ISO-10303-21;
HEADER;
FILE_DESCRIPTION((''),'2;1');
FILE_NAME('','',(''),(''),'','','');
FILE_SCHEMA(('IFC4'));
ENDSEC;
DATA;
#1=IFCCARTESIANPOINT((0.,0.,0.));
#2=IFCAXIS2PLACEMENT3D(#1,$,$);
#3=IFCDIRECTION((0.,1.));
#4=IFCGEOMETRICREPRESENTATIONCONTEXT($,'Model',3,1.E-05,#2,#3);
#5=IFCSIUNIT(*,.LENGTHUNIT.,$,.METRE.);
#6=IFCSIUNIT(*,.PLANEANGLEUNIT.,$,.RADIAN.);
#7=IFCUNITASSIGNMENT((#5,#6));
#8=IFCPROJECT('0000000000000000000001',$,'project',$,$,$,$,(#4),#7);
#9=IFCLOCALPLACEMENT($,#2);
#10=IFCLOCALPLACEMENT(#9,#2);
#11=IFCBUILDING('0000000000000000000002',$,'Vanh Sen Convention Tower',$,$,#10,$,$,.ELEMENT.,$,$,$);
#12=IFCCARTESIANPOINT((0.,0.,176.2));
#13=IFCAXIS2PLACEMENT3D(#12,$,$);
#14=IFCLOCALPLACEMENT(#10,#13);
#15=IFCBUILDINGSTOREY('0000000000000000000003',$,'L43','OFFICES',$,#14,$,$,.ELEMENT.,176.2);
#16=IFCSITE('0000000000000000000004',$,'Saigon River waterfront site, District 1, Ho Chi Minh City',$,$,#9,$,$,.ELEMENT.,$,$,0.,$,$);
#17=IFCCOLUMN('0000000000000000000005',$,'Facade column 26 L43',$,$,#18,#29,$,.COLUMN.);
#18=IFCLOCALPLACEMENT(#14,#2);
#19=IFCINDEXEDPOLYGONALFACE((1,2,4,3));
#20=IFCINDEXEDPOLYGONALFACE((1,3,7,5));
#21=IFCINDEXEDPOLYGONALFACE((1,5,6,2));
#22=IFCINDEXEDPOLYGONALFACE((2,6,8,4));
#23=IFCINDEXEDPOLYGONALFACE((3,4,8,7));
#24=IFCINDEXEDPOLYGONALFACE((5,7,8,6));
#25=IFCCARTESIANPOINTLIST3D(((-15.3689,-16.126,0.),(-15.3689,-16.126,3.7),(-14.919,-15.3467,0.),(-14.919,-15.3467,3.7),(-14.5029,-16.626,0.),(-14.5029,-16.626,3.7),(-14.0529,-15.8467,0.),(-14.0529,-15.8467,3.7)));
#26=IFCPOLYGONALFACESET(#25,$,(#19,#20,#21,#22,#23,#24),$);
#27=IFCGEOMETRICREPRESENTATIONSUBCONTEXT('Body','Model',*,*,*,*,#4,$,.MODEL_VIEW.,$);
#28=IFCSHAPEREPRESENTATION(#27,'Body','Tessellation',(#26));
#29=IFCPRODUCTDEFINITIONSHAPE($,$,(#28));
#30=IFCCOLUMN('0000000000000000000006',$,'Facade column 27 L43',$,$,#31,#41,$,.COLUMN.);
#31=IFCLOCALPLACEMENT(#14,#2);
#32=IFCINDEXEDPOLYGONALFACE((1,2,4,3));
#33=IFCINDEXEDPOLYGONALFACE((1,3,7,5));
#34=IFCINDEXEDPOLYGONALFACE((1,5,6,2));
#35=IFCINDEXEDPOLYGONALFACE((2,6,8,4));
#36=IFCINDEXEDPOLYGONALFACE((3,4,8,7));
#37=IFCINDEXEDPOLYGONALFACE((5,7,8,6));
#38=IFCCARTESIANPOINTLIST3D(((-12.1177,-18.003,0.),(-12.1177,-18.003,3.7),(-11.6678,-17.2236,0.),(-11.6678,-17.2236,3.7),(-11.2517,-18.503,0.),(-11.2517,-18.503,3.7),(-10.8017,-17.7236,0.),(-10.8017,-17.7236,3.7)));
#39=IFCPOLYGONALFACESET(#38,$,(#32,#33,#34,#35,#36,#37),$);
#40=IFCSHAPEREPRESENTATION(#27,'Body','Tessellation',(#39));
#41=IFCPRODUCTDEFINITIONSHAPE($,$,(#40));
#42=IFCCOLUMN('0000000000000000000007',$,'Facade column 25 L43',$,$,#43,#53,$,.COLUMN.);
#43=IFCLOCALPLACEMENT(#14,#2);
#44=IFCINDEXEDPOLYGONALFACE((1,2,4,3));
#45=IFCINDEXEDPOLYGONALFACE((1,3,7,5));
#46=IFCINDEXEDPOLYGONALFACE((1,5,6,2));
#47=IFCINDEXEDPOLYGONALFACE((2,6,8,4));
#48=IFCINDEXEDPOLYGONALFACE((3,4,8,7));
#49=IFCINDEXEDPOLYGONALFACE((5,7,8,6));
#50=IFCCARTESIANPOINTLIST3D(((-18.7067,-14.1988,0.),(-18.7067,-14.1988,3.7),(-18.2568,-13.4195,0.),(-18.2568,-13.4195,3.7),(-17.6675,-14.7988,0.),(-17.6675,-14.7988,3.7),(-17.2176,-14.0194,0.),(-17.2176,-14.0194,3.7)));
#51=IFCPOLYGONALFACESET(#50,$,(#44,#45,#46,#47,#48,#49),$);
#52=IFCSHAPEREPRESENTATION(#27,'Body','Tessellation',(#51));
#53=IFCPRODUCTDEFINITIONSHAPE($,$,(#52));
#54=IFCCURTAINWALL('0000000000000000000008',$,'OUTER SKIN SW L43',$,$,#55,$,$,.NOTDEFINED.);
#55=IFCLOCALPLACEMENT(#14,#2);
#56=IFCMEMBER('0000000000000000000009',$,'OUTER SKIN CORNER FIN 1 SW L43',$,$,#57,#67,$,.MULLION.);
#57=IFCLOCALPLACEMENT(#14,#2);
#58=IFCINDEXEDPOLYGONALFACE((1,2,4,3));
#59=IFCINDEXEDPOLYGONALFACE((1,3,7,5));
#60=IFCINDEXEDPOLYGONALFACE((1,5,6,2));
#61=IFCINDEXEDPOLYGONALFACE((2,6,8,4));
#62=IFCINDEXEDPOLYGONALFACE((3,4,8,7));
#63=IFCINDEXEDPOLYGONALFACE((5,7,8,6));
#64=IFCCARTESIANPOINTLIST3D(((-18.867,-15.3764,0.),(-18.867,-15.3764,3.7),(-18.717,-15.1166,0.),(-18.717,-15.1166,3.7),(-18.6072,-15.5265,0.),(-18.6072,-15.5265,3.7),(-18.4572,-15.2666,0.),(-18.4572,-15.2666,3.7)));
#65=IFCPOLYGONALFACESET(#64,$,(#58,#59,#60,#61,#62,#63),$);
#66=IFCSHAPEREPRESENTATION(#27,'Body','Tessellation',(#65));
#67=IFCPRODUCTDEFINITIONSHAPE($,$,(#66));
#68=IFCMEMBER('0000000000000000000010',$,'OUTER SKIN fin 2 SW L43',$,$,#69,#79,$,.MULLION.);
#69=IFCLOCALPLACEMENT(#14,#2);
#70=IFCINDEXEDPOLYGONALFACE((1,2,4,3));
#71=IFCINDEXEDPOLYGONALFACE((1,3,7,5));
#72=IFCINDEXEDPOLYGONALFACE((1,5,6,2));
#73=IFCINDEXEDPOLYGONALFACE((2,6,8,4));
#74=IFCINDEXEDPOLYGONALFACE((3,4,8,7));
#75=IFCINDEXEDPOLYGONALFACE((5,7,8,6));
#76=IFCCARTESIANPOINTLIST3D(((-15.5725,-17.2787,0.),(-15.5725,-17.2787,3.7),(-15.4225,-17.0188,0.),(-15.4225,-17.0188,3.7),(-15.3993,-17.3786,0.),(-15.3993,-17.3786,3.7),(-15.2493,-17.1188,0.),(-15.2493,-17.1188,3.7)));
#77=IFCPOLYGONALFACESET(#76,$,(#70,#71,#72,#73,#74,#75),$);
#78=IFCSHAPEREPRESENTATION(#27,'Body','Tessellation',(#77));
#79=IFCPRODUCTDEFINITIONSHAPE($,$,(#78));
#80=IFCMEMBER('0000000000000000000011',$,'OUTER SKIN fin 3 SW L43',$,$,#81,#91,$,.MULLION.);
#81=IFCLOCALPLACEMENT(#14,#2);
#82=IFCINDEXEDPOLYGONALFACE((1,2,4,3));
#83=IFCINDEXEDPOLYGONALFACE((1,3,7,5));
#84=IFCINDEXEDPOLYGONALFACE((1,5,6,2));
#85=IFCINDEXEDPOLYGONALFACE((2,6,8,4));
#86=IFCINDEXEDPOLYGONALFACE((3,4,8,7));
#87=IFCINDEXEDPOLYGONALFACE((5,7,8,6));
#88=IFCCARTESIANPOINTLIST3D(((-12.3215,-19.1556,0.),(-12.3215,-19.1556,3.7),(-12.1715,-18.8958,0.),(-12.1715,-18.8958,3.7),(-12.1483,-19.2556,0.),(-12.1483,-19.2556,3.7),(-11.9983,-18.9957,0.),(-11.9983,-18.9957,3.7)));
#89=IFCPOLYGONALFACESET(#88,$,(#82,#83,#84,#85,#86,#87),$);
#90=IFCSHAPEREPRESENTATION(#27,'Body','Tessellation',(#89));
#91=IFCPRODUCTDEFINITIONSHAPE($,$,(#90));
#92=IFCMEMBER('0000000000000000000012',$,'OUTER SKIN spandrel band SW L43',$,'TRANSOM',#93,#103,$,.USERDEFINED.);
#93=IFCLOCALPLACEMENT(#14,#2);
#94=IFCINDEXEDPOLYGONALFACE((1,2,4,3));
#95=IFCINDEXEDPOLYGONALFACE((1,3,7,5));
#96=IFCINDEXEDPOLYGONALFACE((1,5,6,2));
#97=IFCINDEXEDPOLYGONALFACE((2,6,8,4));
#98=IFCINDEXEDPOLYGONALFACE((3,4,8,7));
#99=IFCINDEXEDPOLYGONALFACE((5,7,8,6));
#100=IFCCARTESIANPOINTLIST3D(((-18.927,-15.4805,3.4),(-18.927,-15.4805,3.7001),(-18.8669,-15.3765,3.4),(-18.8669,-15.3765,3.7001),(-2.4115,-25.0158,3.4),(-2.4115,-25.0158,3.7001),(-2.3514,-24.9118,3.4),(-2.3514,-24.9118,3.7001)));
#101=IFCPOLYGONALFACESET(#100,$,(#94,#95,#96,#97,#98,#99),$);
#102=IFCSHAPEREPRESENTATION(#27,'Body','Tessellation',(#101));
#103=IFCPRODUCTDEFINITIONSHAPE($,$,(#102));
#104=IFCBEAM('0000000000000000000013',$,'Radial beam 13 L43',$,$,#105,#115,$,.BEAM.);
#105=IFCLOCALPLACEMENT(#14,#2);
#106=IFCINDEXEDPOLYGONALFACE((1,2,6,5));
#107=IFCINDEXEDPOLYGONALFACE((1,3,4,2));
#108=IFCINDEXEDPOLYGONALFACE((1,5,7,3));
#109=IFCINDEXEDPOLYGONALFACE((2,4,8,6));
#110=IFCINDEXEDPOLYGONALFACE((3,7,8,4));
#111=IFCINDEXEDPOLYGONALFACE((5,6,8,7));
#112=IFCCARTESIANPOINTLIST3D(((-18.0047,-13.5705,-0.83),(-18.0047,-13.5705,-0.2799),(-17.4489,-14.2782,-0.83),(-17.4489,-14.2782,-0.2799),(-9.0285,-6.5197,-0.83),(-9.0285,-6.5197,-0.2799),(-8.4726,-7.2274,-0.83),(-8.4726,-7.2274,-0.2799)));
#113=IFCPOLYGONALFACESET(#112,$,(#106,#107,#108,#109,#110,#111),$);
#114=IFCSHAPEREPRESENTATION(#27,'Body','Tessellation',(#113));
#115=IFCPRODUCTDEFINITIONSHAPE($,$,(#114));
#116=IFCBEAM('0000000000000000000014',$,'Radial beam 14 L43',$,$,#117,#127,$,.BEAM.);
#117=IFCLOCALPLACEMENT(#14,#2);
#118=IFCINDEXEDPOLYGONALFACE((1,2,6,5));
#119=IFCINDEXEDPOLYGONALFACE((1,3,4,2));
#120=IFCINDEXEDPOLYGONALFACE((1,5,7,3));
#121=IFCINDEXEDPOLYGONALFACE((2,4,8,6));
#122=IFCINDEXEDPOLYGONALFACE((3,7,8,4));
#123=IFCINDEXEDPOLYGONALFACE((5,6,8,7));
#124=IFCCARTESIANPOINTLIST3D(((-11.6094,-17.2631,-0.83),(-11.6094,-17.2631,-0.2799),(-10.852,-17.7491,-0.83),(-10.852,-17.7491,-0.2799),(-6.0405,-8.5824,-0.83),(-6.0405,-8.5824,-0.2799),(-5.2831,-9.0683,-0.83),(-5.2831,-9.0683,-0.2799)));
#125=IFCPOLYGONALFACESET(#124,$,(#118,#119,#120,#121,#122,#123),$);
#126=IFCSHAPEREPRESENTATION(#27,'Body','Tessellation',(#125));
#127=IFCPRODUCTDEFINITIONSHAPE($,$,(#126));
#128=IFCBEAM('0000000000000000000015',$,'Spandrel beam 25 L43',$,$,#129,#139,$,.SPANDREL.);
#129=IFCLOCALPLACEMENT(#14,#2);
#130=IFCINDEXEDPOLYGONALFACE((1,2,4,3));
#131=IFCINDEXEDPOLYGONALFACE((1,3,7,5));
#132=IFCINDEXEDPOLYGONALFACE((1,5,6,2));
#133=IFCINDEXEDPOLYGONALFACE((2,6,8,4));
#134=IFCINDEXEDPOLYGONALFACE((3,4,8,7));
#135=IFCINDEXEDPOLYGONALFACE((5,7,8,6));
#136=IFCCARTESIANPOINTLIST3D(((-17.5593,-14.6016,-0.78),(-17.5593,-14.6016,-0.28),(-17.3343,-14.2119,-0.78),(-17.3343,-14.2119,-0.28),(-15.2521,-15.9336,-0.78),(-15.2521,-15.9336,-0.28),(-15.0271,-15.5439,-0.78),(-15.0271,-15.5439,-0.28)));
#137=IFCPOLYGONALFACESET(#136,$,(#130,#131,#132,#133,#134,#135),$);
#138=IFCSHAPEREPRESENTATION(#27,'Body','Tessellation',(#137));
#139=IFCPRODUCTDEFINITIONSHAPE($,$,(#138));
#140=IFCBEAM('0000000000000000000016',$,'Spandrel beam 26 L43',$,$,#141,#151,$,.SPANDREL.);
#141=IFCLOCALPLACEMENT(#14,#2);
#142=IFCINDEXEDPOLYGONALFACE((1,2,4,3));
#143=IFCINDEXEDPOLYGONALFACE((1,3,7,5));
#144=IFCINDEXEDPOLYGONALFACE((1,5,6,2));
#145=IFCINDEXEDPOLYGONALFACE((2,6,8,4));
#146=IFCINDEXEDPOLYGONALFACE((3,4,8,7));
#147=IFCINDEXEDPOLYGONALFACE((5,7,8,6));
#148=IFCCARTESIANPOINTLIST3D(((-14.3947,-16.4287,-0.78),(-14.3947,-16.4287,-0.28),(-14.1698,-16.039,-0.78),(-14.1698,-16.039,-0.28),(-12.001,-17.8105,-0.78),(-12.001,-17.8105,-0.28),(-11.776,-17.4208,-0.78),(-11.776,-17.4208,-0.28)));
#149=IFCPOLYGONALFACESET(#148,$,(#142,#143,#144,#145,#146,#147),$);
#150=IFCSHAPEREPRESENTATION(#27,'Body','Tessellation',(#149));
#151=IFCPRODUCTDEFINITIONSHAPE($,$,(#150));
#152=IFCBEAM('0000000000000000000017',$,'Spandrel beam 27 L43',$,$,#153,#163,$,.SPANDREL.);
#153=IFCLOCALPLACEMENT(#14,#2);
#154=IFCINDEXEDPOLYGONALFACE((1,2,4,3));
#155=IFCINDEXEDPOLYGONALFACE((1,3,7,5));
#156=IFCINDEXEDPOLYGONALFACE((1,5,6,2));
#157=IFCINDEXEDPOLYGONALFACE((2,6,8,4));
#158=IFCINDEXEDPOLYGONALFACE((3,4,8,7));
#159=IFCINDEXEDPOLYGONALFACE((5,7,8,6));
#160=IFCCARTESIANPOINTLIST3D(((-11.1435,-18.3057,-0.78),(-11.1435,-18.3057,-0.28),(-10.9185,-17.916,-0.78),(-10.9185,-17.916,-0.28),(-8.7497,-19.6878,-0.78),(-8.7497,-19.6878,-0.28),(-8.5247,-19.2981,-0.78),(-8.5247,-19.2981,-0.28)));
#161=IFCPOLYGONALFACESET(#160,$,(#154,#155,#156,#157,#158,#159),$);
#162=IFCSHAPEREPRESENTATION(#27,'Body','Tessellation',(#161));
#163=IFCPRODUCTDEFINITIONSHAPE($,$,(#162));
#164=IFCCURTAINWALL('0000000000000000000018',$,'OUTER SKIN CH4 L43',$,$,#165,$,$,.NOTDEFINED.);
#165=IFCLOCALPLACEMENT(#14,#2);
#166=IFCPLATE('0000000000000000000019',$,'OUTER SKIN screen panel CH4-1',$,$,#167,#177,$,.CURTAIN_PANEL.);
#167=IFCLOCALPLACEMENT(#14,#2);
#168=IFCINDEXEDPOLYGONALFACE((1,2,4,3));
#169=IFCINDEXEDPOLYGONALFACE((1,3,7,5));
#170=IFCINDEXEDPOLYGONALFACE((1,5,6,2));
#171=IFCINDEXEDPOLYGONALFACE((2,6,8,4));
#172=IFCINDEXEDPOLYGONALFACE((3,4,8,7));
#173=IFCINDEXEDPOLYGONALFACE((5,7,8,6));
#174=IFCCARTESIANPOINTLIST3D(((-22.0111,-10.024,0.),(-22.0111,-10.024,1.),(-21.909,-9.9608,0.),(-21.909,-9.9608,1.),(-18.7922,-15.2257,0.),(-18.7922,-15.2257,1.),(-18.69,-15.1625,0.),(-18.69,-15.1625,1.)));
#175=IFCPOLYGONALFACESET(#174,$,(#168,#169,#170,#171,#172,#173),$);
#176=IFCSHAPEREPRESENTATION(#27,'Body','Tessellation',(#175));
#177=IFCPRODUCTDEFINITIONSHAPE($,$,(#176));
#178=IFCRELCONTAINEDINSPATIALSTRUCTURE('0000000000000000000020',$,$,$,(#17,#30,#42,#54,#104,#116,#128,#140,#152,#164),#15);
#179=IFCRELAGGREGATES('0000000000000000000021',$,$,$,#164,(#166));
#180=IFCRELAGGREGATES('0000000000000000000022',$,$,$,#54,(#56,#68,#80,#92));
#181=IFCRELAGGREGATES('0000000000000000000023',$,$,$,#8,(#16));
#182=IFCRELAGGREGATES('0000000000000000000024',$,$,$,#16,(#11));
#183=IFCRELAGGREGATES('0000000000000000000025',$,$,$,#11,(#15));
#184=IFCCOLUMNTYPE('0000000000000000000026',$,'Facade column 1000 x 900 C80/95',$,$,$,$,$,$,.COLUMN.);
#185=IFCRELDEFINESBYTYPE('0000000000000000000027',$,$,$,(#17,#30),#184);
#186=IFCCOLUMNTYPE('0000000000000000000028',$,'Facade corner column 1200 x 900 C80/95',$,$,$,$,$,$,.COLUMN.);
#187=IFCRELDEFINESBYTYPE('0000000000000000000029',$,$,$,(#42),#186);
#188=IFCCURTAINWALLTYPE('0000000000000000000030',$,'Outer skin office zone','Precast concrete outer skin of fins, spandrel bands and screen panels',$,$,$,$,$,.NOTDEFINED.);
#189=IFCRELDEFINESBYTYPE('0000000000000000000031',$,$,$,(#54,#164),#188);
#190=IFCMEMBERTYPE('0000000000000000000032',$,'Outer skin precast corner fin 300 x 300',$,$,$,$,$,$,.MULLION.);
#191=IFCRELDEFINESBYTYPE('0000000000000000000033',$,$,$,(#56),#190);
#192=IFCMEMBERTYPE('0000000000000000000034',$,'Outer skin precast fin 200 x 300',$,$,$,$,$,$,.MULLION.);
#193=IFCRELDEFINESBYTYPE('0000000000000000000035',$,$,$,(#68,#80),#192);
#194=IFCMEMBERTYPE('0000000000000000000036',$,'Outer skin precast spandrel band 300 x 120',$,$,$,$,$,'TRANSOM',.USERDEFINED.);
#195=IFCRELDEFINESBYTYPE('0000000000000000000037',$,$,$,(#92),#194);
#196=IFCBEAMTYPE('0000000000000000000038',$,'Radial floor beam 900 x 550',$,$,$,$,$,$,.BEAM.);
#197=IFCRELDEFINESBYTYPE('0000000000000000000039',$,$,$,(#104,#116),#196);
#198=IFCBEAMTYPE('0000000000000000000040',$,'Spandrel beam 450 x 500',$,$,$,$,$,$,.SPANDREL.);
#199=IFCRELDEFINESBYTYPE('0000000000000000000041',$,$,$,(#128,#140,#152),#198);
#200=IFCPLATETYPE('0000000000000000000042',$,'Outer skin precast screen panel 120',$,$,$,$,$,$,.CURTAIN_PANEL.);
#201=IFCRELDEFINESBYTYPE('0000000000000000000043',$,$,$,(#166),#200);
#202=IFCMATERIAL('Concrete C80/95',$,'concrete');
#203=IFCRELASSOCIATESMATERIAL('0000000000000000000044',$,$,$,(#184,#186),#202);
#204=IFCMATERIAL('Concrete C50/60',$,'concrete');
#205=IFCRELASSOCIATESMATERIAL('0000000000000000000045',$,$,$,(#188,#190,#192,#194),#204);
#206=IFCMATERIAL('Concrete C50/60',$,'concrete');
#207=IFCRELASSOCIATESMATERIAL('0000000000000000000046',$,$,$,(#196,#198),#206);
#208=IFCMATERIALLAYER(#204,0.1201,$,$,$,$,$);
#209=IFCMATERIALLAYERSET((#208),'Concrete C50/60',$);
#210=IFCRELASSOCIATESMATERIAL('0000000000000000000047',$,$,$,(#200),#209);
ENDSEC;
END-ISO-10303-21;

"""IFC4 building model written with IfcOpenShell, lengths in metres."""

from ifc_helpers import new_model, si_unit, direction, frame, origin, origin_2d, place, context, subcontext, project, spatial, rectangle, extrude, material, layer, layer_set, material_profile, profile_set, type_object, element, aggregate, save


model = new_model("IFC4")

# Units and contexts
model_context = context("Model", 3, precision=1e-05, world=origin(), true_north=direction((0.0, 1.0)))
body_context = subcontext(model_context, "Body", "Model", "MODEL_VIEW")
ifc_project = project(units=[si_unit("LENGTHUNIT", "METRE"), si_unit("PLANEANGLEUNIT", "RADIAN")], contexts=[model_context])

# Site, building, storey
site_placement = place(None, origin())
site = spatial("IfcSite", under=ifc_project, at=site_placement, Name="Saigon River waterfront site, District 1, Ho Chi Minh City", CompositionType="ELEMENT", RefElevation=0.0)
building_placement = place(site_placement, origin())
building = spatial("IfcBuilding", under=site, at=building_placement, Name="Vanh Sen Convention Tower", CompositionType="ELEMENT")
storey_placement = place(building_placement, frame((0.0, 0.0, 176.2)))
storey = spatial("IfcBuildingStorey", under=building, at=storey_placement, Name="L43", Description="OFFICES", CompositionType="ELEMENT", Elevation=176.2)

# Columns
ifc_material_1 = material(Name="Concrete C80/95", Category="concrete")
ifc_material_profile_1 = material_profile(ifc_material_1, rectangle(XDim=1.0, YDim=0.8999, at=origin_2d()), Name="RC 1000X900")
ifc_profile_set_1 = profile_set([ifc_material_profile_1], Name="Concrete C80/95")
column_type_1 = type_object("IfcColumnType", Name="Facade column 1000 x 900 C80/95", PredefinedType="COLUMN", material=ifc_profile_set_1)
for number, where, z_axis, x_axis, name in (
    (1, (-14.7109, -15.9863, 0.0), (0.0, 0.0, 1.0), (0.866025, -0.5, 0.0), "Facade column 26 L43"),
    (2, (-11.4597, -17.8633, 0.0), (0.0, 0.0, 1.0), (0.866025, -0.5, 0.0), "Facade column 27 L43"),
):
    element("IfcColumn", number, at=place(storey_placement, frame(where, z_axis=z_axis, x_axis=x_axis)), inside=storey, type_object=column_type_1, Name=name, PredefinedType="COLUMN", context=body_context, shape_type="SweptSolid", body=[
        extrude(rectangle(XDim=1.0, YDim=0.8999, at=origin_2d()), origin(), (0.0, 0.0, 1.0), 3.7),
    ])
ifc_material_profile_2 = material_profile(ifc_material_1, rectangle(XDim=1.2, YDim=0.8999, at=origin_2d()), Name="RC 1200X900")
ifc_profile_set_2 = profile_set([ifc_material_profile_2], Name="Concrete C80/95")
column_type_2 = type_object("IfcColumnType", Name="Facade corner column 1200 x 900 C80/95", PredefinedType="COLUMN", material=ifc_profile_set_2)
column_placement = place(storey_placement, frame((-17.9622, -14.1091, 0.0), z_axis=(0.0, 0.0, 1.0), x_axis=(0.866025, -0.5, 0.0)))
element("IfcColumn", 3, at=column_placement, inside=storey, type_object=column_type_2, Name="Facade column 25 L43", PredefinedType="COLUMN", context=body_context, shape_type="SweptSolid", body=[
    extrude(rectangle(XDim=1.2, YDim=0.8999, at=origin_2d()), origin(), (0.0, 0.0, 1.0), 3.7),
])

# Curtain wall, members
ifc_material_2 = material(Name="Concrete C50/60", Category="concrete")
curtain_wall_type = type_object("IfcCurtainWallType", Name="Outer skin office zone", Description="Precast concrete outer skin of fins, spandrel bands and screen panels", PredefinedType="NOTDEFINED", material=ifc_material_2)
curtain_wall_1_placement = place(storey_placement, origin())
curtain_wall_1 = element("IfcCurtainWall", 4, at=curtain_wall_1_placement, inside=storey, type_object=curtain_wall_type, Name="OUTER SKIN SW L43", PredefinedType="NOTDEFINED")
ifc_material_profile_3 = material_profile(ifc_material_2, rectangle(XDim=0.3, YDim=0.3, at=origin_2d()), Name="Outer skin precast corner fin 300 x 300")
ifc_profile_set_3 = profile_set([ifc_material_profile_3], Name="Concrete C50/60")
member_type_1 = type_object("IfcMemberType", Name="Outer skin precast corner fin 300 x 300", PredefinedType="MULLION", material=ifc_profile_set_3)
member_1_placement = place(storey_placement, frame((-18.6621, -15.3215, 0.0), z_axis=(0.0, 0.0, 1.0), x_axis=(0.866025, -0.5, 0.0)))
member_1 = element("IfcMember", 5, at=member_1_placement, type_object=member_type_1, Name="OUTER SKIN CORNER FIN 1 SW L43", PredefinedType="MULLION", context=body_context, shape_type="SweptSolid", body=[
    extrude(rectangle(XDim=0.3, YDim=0.3, at=origin_2d()), origin(), (0.0, 0.0, 1.0), 3.7),
])
ifc_material_profile_4 = material_profile(ifc_material_2, rectangle(XDim=0.2, YDim=0.3, at=origin_2d()), Name="Outer skin precast fin 200 x 300")
ifc_profile_set_4 = profile_set([ifc_material_profile_4], Name="Concrete C50/60")
member_type_2 = type_object("IfcMemberType", Name="Outer skin precast fin 200 x 300", PredefinedType="MULLION", material=ifc_profile_set_4)
member_2_placement = place(storey_placement, frame((-15.4109, -17.1987, 0.0), z_axis=(0.0, 0.0, 1.0), x_axis=(0.866025, -0.5, 0.0)))
member_2 = element("IfcMember", 6, at=member_2_placement, type_object=member_type_2, Name="OUTER SKIN fin 2 SW L43", PredefinedType="MULLION", context=body_context, shape_type="SweptSolid", body=[
    extrude(rectangle(XDim=0.2, YDim=0.3, at=origin_2d()), origin(), (0.0, 0.0, 1.0), 3.7),
])
member_3_placement = place(storey_placement, frame((-12.1599, -19.0757, 0.0), z_axis=(0.0, 0.0, 1.0), x_axis=(0.866025, -0.5, 0.0)))
member_3 = element("IfcMember", 7, at=member_3_placement, type_object=member_type_2, Name="OUTER SKIN fin 3 SW L43", PredefinedType="MULLION", context=body_context, shape_type="SweptSolid", body=[
    extrude(rectangle(XDim=0.2, YDim=0.3, at=origin_2d()), origin(), (0.0, 0.0, 1.0), 3.7),
])
ifc_material_profile_5 = material_profile(ifc_material_2, rectangle(XDim=0.1201, YDim=0.3, at=origin_2d()), Name="Outer skin precast spandrel band 300 x 120")
ifc_profile_set_5 = profile_set([ifc_material_profile_5], Name="Concrete C50/60")
member_type_3 = type_object("IfcMemberType", Name="Outer skin precast spandrel band 300 x 120", ElementType="TRANSOM", PredefinedType="USERDEFINED", material=ifc_profile_set_5)
member_4_placement = place(storey_placement, frame((-18.897, -15.4285, 3.55), z_axis=(0.866023, -0.500004, 0.0), x_axis=(0.500004, 0.866023, 0.0)))
member_4 = element("IfcMember", 8, at=member_4_placement, type_object=member_type_3, Name="OUTER SKIN spandrel band SW L43", ObjectType="TRANSOM", PredefinedType="USERDEFINED", context=body_context, shape_type="SweptSolid", body=[
    extrude(rectangle(XDim=0.1201, YDim=0.3, at=origin_2d()), origin(), (0.0, 0.0, 1.0), 19.0706),
])

# Beams
ifc_material_3 = material(Name="Concrete C50/60", Category="concrete")
ifc_material_profile_6 = material_profile(ifc_material_3, rectangle(XDim=0.8999, YDim=0.55, at=origin_2d()), Name="RC 900X550")
ifc_profile_set_6 = profile_set([ifc_material_profile_6], Name="Concrete C50/60")
beam_type_1 = type_object("IfcBeamType", Name="Radial floor beam 900 x 550", PredefinedType="BEAM", material=ifc_profile_set_6)
beam_1_placement = place(storey_placement, frame((-17.7268, -13.9243, -0.5549), z_axis=(0.786405, 0.617711, 0.0), x_axis=(-0.617711, 0.786405, 0.0)))
element("IfcBeam", 9, at=beam_1_placement, inside=storey, type_object=beam_type_1, Name="Radial beam 13 L43", PredefinedType="BEAM", context=body_context, shape_type="SweptSolid", body=[
    extrude(rectangle(XDim=0.8999, YDim=0.55, at=origin_2d()), origin(), (0.0, 0.0, 1.0), 11.4143),
])
beam_2_placement = place(storey_placement, frame((-11.2307, -17.5061, -0.5549), z_axis=(0.539963, 0.841689, 0.0), x_axis=(-0.841689, 0.539963, 0.0)))
element("IfcBeam", 10, at=beam_2_placement, inside=storey, type_object=beam_type_1, Name="Radial beam 14 L43", PredefinedType="BEAM", context=body_context, shape_type="SweptSolid", body=[
    extrude(rectangle(XDim=0.8999, YDim=0.55, at=origin_2d()), origin(), (0.0, 0.0, 1.0), 10.3135),
])
ifc_material_profile_7 = material_profile(ifc_material_3, rectangle(XDim=0.45, YDim=0.5, at=origin_2d()), Name="RC 450X500")
ifc_profile_set_7 = profile_set([ifc_material_profile_7], Name="Concrete C50/60")
beam_type_2 = type_object("IfcBeamType", Name="Spandrel beam 450 x 500", PredefinedType="SPANDREL", material=ifc_profile_set_7)
beam_3_placement = place(storey_placement, frame((-17.4468, -14.4067, -0.53), z_axis=(0.866024, -0.500003, 0.0), x_axis=(0.500003, 0.866024, 0.0)))
element("IfcBeam", 11, at=beam_3_placement, inside=storey, type_object=beam_type_2, Name="Spandrel beam 25 L43", PredefinedType="SPANDREL", context=body_context, shape_type="SweptSolid", body=[
    extrude(rectangle(XDim=0.45, YDim=0.5, at=origin_2d()), origin(), (0.0, 0.0, 1.0), 2.6641),
])
beam_4_placement = place(storey_placement, frame((-14.2822, -16.2339, -0.53), z_axis=(0.866061, -0.499939, 0.0), x_axis=(0.499939, 0.866061, 0.0)))
element("IfcBeam", 12, at=beam_4_placement, inside=storey, type_object=beam_type_2, Name="Spandrel beam 26 L43", PredefinedType="SPANDREL", context=body_context, shape_type="SweptSolid", body=[
    extrude(rectangle(XDim=0.45, YDim=0.5, at=origin_2d()), origin(), (0.0, 0.0, 1.0), 2.7639),
])
beam_5_placement = place(storey_placement, frame((-11.031, -18.1108, -0.53), z_axis=(0.866022, -0.500005, 0.0), x_axis=(0.500005, 0.866022, 0.0)))
element("IfcBeam", 13, at=beam_5_placement, inside=storey, type_object=beam_type_2, Name="Spandrel beam 27 L43", PredefinedType="SPANDREL", context=body_context, shape_type="SweptSolid", body=[
    extrude(rectangle(XDim=0.45, YDim=0.5, at=origin_2d()), origin(), (0.0, 0.0, 1.0), 2.7642),
])

# Curtain wall, plate
curtain_wall_2_placement = place(storey_placement, origin())
curtain_wall_2 = element("IfcCurtainWall", 14, at=curtain_wall_2_placement, inside=storey, type_object=curtain_wall_type, Name="OUTER SKIN CH4 L43", PredefinedType="NOTDEFINED")
ifc_layer_1 = layer(ifc_material_2, 0.1201)
ifc_layer_set_1 = layer_set([ifc_layer_1], Name="Concrete C50/60")
plate_type = type_object("IfcPlateType", Name="Outer skin precast screen panel 120", PredefinedType="CURTAIN_PANEL", material=ifc_layer_set_1)
plate_1_placement = place(storey_placement, frame((-20.3506, -12.5933, 0.0), z_axis=(0.0, 0.0, 1.0), x_axis=(0.526218, -0.850349, 0.0)))
plate_1 = element("IfcPlate", 15, at=plate_1_placement, type_object=plate_type, Name="OUTER SKIN screen panel CH4-1", PredefinedType="CURTAIN_PANEL", context=body_context, shape_type="SweptSolid", body=[
    extrude(rectangle(XDim=6.1172, YDim=0.1201, at=origin_2d()), origin(), (0.0, 0.0, 1.0), 1.0),
])
aggregate(curtain_wall_2, [plate_1])

aggregate(curtain_wall_1, [member_1, member_2, member_3, member_4])

save(model, "model.ifc")
